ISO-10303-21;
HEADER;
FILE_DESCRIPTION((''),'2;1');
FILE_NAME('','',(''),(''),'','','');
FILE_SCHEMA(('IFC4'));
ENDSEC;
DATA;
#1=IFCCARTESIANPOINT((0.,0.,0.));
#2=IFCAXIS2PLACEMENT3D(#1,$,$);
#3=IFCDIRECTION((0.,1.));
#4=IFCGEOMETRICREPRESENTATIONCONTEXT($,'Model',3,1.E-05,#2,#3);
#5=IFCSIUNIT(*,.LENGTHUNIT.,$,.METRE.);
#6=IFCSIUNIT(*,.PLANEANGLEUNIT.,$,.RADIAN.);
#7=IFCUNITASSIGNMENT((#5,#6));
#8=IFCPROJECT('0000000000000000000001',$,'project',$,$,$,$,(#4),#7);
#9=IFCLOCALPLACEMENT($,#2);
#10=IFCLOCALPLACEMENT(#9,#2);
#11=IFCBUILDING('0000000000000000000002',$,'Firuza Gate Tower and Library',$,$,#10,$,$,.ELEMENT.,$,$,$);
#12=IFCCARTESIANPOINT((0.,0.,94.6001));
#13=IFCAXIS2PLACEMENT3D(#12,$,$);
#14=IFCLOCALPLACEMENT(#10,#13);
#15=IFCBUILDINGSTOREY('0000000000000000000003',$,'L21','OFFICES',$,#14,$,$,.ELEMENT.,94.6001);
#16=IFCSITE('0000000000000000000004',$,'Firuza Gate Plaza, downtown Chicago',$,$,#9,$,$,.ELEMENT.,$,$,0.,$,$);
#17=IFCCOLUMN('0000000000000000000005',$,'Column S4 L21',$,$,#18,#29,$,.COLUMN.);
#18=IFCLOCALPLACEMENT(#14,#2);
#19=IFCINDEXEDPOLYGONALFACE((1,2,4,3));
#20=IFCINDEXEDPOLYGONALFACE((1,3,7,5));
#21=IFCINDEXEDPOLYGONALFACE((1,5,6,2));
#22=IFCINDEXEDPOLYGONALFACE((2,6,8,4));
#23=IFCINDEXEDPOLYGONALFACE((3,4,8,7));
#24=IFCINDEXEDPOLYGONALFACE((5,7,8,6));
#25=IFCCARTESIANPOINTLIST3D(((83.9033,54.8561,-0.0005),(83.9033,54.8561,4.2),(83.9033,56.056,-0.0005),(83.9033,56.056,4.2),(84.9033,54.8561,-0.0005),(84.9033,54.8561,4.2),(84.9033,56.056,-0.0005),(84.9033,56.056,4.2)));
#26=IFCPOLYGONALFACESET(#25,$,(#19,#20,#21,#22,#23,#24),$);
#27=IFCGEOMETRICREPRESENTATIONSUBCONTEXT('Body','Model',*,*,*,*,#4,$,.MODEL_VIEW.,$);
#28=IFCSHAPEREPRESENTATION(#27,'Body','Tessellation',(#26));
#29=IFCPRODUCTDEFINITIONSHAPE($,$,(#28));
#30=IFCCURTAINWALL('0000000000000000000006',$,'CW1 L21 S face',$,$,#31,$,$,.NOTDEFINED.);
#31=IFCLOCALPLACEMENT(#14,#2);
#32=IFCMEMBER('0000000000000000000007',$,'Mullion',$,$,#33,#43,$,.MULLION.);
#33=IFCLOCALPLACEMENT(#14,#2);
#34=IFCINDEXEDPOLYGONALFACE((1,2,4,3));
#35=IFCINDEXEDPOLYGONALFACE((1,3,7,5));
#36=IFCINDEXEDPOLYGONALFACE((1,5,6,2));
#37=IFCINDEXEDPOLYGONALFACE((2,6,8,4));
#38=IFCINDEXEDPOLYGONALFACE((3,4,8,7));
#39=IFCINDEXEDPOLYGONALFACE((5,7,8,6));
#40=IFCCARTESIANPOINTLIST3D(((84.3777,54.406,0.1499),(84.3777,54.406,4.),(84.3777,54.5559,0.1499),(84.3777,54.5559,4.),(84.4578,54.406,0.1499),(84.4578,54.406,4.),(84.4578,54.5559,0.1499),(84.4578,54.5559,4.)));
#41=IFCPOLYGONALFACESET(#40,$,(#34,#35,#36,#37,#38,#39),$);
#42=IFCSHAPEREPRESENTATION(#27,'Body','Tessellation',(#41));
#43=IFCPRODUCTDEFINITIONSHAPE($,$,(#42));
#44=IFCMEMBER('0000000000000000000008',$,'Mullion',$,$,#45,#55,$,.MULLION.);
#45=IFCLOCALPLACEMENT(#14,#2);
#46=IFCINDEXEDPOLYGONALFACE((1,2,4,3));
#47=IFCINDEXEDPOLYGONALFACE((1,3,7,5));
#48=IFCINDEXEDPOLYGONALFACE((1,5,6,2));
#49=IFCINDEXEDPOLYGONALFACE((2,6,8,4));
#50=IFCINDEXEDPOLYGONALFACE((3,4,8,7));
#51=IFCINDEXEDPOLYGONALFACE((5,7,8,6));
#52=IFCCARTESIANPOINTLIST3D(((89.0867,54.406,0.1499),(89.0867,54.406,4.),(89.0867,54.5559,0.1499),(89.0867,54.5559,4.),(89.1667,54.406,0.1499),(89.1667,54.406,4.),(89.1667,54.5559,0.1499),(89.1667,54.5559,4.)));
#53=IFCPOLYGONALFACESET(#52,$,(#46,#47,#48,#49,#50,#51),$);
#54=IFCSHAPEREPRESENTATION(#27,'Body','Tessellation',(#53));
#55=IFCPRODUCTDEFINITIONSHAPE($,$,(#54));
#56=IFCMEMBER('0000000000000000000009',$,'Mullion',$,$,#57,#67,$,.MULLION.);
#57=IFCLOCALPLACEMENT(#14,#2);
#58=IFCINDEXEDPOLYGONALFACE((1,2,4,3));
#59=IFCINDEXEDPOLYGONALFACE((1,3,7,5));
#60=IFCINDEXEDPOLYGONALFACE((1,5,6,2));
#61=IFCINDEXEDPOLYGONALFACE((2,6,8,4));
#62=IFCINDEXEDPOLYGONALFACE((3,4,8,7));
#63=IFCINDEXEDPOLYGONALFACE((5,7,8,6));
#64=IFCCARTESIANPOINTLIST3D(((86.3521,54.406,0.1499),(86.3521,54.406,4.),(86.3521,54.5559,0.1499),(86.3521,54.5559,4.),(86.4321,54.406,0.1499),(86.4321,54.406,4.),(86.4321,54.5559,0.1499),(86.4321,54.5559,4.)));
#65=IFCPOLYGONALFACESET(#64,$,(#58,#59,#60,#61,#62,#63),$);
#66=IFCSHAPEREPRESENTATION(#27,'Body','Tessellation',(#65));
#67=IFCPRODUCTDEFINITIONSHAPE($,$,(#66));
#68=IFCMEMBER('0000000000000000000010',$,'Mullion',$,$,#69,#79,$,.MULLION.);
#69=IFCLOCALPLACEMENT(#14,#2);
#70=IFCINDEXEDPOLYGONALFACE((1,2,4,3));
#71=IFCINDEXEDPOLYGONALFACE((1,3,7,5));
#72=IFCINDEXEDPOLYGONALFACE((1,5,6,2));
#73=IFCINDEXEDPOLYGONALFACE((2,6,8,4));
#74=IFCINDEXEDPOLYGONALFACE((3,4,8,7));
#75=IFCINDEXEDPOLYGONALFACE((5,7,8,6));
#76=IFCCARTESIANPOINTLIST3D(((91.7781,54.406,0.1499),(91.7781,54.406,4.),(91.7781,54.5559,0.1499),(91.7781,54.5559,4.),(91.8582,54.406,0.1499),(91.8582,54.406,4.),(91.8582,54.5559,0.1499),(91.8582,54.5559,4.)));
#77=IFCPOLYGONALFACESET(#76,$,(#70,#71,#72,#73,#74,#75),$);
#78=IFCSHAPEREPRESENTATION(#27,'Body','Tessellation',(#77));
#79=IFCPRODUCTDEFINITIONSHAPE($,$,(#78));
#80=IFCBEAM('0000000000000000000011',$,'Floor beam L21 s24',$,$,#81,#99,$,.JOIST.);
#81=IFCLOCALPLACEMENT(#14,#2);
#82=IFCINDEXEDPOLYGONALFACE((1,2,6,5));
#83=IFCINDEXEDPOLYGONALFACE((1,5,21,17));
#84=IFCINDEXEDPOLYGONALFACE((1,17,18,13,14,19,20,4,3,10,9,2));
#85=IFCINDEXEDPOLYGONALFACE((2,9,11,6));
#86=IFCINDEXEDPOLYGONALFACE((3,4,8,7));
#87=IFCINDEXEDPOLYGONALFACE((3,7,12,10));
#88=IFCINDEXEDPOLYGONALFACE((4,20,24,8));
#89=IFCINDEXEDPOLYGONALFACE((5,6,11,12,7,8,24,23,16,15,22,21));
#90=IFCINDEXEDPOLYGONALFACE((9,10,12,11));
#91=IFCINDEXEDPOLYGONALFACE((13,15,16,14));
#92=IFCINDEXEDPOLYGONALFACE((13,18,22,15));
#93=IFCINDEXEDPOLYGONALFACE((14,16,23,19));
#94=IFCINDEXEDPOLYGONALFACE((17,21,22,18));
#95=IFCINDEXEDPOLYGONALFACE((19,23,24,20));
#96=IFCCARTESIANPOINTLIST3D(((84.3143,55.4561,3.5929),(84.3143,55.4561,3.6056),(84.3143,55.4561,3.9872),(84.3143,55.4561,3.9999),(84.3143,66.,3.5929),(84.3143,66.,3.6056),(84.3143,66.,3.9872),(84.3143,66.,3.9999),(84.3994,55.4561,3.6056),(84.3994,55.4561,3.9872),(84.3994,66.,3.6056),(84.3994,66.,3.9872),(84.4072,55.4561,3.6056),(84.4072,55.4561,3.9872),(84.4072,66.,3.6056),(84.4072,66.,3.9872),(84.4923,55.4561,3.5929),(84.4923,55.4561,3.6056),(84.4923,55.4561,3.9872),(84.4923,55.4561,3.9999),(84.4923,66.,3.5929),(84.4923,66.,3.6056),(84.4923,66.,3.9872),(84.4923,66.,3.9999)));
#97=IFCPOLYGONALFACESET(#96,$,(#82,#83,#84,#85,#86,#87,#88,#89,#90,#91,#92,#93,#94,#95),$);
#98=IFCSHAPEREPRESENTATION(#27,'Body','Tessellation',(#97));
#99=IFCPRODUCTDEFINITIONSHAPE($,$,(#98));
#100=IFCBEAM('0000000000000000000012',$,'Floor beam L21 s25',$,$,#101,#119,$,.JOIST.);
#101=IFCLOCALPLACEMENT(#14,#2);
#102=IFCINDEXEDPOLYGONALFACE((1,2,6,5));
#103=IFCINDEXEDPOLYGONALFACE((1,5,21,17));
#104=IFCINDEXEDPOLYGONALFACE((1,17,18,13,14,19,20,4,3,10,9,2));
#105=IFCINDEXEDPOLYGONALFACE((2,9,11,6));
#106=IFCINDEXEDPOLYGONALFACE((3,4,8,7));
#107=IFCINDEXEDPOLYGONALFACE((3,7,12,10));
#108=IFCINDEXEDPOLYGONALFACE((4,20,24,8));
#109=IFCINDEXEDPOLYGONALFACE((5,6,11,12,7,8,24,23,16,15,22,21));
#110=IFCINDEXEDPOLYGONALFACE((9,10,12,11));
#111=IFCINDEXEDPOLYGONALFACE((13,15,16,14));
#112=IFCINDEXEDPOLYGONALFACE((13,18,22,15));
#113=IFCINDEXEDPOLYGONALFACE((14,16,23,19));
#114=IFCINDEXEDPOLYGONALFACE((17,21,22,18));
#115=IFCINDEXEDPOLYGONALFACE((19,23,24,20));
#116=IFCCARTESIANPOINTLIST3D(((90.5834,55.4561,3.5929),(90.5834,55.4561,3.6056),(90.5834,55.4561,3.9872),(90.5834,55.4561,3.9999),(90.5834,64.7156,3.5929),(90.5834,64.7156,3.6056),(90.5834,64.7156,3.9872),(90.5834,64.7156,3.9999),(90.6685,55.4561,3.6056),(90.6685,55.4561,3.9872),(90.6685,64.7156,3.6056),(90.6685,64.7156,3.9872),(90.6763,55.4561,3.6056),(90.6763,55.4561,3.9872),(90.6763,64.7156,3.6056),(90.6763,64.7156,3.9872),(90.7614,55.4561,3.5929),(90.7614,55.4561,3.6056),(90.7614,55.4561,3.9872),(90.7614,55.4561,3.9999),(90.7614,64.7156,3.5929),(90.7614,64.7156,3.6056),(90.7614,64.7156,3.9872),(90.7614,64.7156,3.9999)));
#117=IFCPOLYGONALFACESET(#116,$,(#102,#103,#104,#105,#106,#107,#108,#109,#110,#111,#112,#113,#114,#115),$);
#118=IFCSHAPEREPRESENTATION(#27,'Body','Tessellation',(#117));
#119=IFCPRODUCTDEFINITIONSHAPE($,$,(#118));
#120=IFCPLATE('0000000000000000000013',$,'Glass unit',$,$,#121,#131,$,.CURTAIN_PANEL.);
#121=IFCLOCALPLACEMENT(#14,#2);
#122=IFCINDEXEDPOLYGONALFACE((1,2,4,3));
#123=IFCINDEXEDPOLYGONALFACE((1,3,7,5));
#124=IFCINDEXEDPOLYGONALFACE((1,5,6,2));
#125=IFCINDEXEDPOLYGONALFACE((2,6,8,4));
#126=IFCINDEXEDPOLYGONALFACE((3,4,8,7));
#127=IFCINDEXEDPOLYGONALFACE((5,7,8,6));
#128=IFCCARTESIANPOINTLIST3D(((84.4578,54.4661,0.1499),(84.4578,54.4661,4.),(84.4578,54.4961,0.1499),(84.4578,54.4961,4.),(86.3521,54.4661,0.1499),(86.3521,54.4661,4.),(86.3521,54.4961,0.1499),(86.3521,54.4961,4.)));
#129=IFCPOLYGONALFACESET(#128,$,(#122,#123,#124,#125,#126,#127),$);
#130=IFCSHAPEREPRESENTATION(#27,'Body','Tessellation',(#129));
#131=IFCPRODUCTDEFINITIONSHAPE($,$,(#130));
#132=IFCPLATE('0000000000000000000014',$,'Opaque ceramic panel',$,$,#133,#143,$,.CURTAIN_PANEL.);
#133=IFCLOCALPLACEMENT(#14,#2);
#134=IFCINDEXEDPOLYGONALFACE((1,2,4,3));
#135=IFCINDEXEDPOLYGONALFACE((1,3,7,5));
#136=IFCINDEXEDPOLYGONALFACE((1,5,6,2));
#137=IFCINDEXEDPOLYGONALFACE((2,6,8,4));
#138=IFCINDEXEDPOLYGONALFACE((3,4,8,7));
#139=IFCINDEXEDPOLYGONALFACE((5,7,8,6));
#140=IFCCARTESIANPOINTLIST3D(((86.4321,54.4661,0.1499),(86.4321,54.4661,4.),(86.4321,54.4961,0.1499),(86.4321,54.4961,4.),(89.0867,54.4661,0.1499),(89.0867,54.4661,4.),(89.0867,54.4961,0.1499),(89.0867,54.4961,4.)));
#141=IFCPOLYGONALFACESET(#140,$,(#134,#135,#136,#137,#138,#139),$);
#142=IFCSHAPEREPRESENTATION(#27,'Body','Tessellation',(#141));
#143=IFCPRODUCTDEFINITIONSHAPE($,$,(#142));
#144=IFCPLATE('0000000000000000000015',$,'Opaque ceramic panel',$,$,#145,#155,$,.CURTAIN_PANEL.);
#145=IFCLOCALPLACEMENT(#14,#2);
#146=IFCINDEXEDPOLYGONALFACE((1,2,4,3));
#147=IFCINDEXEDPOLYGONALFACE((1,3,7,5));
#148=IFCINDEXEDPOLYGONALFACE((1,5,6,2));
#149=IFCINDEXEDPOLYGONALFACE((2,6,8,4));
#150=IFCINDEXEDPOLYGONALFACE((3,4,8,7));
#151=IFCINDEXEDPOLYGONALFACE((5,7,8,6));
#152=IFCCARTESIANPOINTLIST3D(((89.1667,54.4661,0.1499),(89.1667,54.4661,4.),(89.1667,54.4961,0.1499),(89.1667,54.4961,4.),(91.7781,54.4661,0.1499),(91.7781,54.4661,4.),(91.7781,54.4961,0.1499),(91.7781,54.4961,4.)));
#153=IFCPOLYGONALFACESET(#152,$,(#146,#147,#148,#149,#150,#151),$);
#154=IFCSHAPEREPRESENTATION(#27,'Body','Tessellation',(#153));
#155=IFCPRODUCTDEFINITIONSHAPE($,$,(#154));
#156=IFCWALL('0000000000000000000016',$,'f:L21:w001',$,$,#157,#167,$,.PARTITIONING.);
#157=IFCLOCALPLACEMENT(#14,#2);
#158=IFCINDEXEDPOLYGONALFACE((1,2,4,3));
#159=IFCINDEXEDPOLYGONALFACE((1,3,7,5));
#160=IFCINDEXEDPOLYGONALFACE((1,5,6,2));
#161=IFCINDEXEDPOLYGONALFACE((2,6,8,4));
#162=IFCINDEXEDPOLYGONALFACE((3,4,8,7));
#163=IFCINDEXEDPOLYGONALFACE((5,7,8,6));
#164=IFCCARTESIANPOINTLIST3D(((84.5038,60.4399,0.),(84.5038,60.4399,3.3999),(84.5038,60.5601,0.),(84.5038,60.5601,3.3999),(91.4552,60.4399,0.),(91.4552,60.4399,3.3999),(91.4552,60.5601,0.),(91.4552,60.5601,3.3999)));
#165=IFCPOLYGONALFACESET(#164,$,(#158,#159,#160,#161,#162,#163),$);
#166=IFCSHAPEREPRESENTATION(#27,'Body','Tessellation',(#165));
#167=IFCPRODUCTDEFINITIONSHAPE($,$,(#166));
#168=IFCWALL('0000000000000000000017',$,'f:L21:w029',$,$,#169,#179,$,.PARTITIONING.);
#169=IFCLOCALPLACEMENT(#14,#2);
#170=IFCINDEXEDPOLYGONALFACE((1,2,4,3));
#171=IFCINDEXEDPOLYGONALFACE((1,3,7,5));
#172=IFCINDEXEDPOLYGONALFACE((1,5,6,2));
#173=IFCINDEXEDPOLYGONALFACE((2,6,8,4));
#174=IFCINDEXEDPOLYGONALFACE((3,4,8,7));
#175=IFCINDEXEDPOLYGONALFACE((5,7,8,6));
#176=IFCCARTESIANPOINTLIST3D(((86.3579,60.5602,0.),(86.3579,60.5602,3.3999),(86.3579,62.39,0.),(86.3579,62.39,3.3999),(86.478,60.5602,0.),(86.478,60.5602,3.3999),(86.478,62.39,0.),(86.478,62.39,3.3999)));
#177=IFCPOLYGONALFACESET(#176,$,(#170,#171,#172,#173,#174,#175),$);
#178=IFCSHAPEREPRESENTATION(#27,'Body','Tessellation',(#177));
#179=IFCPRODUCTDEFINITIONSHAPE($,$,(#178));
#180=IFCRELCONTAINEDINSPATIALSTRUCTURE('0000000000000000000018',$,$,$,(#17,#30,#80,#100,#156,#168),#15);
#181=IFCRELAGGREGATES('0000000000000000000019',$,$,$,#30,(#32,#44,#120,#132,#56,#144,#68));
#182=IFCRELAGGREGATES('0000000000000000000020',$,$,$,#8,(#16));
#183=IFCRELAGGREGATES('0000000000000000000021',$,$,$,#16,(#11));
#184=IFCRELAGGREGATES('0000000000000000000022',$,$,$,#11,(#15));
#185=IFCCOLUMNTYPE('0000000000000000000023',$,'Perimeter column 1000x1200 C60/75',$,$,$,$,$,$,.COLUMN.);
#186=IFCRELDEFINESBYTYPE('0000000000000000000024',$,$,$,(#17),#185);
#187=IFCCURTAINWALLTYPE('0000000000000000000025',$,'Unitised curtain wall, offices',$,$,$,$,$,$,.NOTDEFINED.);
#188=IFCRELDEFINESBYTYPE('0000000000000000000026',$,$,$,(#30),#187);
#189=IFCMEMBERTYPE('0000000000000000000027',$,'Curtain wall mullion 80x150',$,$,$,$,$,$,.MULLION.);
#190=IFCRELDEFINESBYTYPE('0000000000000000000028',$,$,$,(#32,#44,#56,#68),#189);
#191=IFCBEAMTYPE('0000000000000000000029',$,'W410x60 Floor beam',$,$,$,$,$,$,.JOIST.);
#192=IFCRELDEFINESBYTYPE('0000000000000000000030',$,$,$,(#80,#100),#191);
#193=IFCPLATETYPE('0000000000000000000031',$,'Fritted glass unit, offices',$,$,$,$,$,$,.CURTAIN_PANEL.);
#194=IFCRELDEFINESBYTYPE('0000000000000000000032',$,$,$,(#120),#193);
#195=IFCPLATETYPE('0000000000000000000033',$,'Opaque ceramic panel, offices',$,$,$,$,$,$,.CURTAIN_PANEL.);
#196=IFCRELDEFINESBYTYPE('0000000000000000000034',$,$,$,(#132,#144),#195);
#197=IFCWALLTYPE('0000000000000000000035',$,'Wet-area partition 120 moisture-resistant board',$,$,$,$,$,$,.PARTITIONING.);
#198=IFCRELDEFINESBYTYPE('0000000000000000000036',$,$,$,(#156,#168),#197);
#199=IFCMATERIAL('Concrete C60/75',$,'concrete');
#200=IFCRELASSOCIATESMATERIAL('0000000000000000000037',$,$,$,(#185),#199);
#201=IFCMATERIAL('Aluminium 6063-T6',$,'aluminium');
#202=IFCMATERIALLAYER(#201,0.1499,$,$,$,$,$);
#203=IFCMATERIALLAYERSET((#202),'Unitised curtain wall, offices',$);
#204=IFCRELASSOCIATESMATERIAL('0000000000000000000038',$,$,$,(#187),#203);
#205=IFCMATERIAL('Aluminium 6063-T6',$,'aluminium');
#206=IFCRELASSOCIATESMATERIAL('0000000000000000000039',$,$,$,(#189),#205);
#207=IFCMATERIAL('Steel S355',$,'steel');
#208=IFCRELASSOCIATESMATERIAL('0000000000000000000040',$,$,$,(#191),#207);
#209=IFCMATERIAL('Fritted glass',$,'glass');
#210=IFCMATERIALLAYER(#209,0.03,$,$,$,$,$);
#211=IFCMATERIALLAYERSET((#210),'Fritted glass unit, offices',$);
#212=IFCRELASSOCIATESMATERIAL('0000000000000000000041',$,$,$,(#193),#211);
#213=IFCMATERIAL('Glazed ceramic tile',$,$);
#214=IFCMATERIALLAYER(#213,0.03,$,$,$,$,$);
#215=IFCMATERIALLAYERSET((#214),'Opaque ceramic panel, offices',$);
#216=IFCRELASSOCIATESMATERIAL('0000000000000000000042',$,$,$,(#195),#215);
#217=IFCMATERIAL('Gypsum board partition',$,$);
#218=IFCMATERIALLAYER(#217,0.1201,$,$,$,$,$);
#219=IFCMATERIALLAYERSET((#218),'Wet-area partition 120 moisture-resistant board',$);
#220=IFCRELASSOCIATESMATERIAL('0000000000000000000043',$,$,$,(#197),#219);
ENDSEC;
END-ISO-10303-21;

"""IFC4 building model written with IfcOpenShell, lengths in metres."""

from ifc_helpers import new_model, si_unit, direction, frame, frame_2d, origin, origin_2d, place, context, subcontext, project, spatial, polyline, rectangle, i_section, outline, extrude, material, layer, layer_set, material_profile, profile_set, type_object, element, aggregate, save


model = new_model("IFC4")

# Units and contexts
model_context = context("Model", 3, precision=1e-05, world=origin(), true_north=direction((0.0, 1.0)))
body_context = subcontext(model_context, "Body", "Model", "MODEL_VIEW")
ifc_project = project(units=[si_unit("LENGTHUNIT", "METRE"), si_unit("PLANEANGLEUNIT", "RADIAN")], contexts=[model_context])

# Site, building, storey
site_placement = place(None, origin())
site = spatial("IfcSite", under=ifc_project, at=site_placement, Name="Firuza Gate Plaza, downtown Chicago", CompositionType="ELEMENT", RefElevation=0.0)
building_placement = place(site_placement, origin())
building = spatial("IfcBuilding", under=site, at=building_placement, Name="Firuza Gate Tower and Library", CompositionType="ELEMENT")
storey_placement = place(building_placement, frame((0.0, 0.0, 94.6001)))
storey = spatial("IfcBuildingStorey", under=building, at=storey_placement, Name="L21", Description="OFFICES", CompositionType="ELEMENT", Elevation=94.6001)

# Column
ifc_material_1 = material(Name="Concrete C60/75", Category="concrete")
ifc_material_profile_1 = material_profile(ifc_material_1, rectangle(XDim=1.0, YDim=1.2, at=origin_2d()))
ifc_profile_set_1 = profile_set([ifc_material_profile_1], Name="Concrete C60/75")
column_type = type_object("IfcColumnType", Name="Perimeter column 1000x1200 C60/75", PredefinedType="COLUMN", material=ifc_profile_set_1)
column_placement = place(storey_placement, frame((84.4033, 55.4561, -0.0005), z_axis=(0.0, 0.0, 1.0), x_axis=(1.0, 0.0, 0.0)))
element("IfcColumn", 1, at=column_placement, inside=storey, type_object=column_type, Name="Column S4 L21", PredefinedType="COLUMN", context=body_context, shape_type="SweptSolid", body=[
    extrude(rectangle(XDim=1.0, YDim=1.2, at=origin_2d()), origin(), (0.0, 0.0, 1.0), 4.2004),
])

# Curtain wall, members
ifc_material_2 = material(Name="Aluminium 6063-T6", Category="aluminium")
ifc_layer_1 = layer(ifc_material_2, 0.1499)
ifc_layer_set_1 = layer_set([ifc_layer_1], Name="Unitised curtain wall, offices")
curtain_wall_type = type_object("IfcCurtainWallType", Name="Unitised curtain wall, offices", PredefinedType="NOTDEFINED", material=ifc_layer_set_1)
curtain_wall_placement = place(storey_placement, origin())
curtain_wall = element("IfcCurtainWall", 2, at=curtain_wall_placement, inside=storey, type_object=curtain_wall_type, Name="CW1 L21 S face", PredefinedType="NOTDEFINED")
ifc_material_3 = material(Name="Aluminium 6063-T6", Category="aluminium")
ifc_material_profile_2 = material_profile(ifc_material_3, rectangle(XDim=0.1499, YDim=0.0801, at=origin_2d()))
ifc_profile_set_2 = profile_set([ifc_material_profile_2], Name="Aluminium 6063-T6")
member_type = type_object("IfcMemberType", Name="Curtain wall mullion 80x150", PredefinedType="MULLION", material=ifc_profile_set_2)
member_1_placement = place(storey_placement, frame((84.4177, 54.481, 0.1499), z_axis=(0.0, 0.0, 1.0), x_axis=(0.0, 1.0, 0.0)))
member_1 = element("IfcMember", 3, at=member_1_placement, type_object=member_type, Name="Mullion", PredefinedType="MULLION", context=body_context, shape_type="SweptSolid", body=[
    extrude(rectangle(XDim=0.1499, YDim=0.0801, at=origin_2d()), origin(), (0.0, 0.0, 1.0), 3.8501),
])
member_2_placement = place(storey_placement, frame((89.1267, 54.481, 0.1499), z_axis=(0.0, 0.0, 1.0), x_axis=(0.0, 1.0, 0.0)))
member_2 = element("IfcMember", 4, at=member_2_placement, type_object=member_type, Name="Mullion", PredefinedType="MULLION", context=body_context, shape_type="SweptSolid", body=[
    extrude(rectangle(XDim=0.1499, YDim=0.0801, at=origin_2d()), origin(), (0.0, 0.0, 1.0), 3.8501),
])
member_3_placement = place(storey_placement, frame((86.3921, 54.481, 0.1499), z_axis=(0.0, 0.0, 1.0), x_axis=(0.0, 1.0, 0.0)))
member_3 = element("IfcMember", 5, at=member_3_placement, type_object=member_type, Name="Mullion", PredefinedType="MULLION", context=body_context, shape_type="SweptSolid", body=[
    extrude(rectangle(XDim=0.1499, YDim=0.0801, at=origin_2d()), origin(), (0.0, 0.0, 1.0), 3.8501),
])
member_4_placement = place(storey_placement, frame((91.8181, 54.481, 0.1499), z_axis=(0.0, 0.0, 1.0), x_axis=(0.0, 1.0, 0.0)))
member_4 = element("IfcMember", 6, at=member_4_placement, type_object=member_type, Name="Mullion", PredefinedType="MULLION", context=body_context, shape_type="SweptSolid", body=[
    extrude(rectangle(XDim=0.1499, YDim=0.0801, at=origin_2d()), origin(), (0.0, 0.0, 1.0), 3.8501),
])

# Beams
ifc_material_4 = material(Name="Steel S355", Category="steel")
ifc_material_profile_3 = material_profile(ifc_material_4, i_section(OverallWidth=0.178, OverallDepth=0.407, WebThickness=0.0078, FlangeThickness=0.0127, at=origin_2d()))
ifc_profile_set_3 = profile_set([ifc_material_profile_3], Name="Steel S355")
beam_type = type_object("IfcBeamType", Name="W410x60 Floor beam", PredefinedType="JOIST", material=ifc_profile_set_3)
beam_1_placement = place(storey_placement, frame((84.4033, 55.4561, 3.7964), z_axis=(0.0, 1.0, 0.0), x_axis=(-1.0, 0.0, 0.0)))
element("IfcBeam", 7, at=beam_1_placement, inside=storey, type_object=beam_type, Name="Floor beam L21 s24", PredefinedType="JOIST", context=body_context, shape_type="SweptSolid", body=[
    extrude(i_section(OverallWidth=0.178, OverallDepth=0.407, WebThickness=0.0078, FlangeThickness=0.0127, at=origin_2d()), origin(), (0.0, 0.0, 1.0), 10.5439),
])
beam_2_placement = place(storey_placement, frame((90.6724, 55.4561, 3.7964), z_axis=(0.0, 1.0, 0.0), x_axis=(-1.0, 0.0, 0.0)))
element("IfcBeam", 8, at=beam_2_placement, inside=storey, type_object=beam_type, Name="Floor beam L21 s25", PredefinedType="JOIST", context=body_context, shape_type="SweptSolid", body=[
    extrude(i_section(OverallWidth=0.178, OverallDepth=0.407, WebThickness=0.0078, FlangeThickness=0.0127, at=origin_2d()), origin(), (0.0, 0.0, 1.0), 9.2595),
])

# Plates
ifc_material_5 = material(Name="Fritted glass", Category="glass")
ifc_layer_2 = layer(ifc_material_5, 0.03)
ifc_layer_set_2 = layer_set([ifc_layer_2], Name="Fritted glass unit, offices")
plate_type_1 = type_object("IfcPlateType", Name="Fritted glass unit, offices", PredefinedType="CURTAIN_PANEL", material=ifc_layer_set_2)
plate_1_placement = place(storey_placement, frame((84.4578, 54.4661, 0.1499), z_axis=(0.0, -1.0, 0.0), x_axis=(1.0, 0.0, 0.0)))
plate_1 = element("IfcPlate", 9, at=plate_1_placement, type_object=plate_type_1, Name="Glass unit", PredefinedType="CURTAIN_PANEL", context=body_context, shape_type="SweptSolid", body=[
    extrude(outline(polyline([(0.0, 0.0), (1.8943, 0.0), (1.8943, 3.8501), (0.0, 3.8501), (0.0, 0.0)])), origin(), (0.0, 0.0, -1.0), 0.03),
])
ifc_material_6 = material(Name="Glazed ceramic tile")
ifc_layer_3 = layer(ifc_material_6, 0.03)
ifc_layer_set_3 = layer_set([ifc_layer_3], Name="Opaque ceramic panel, offices")
plate_type_2 = type_object("IfcPlateType", Name="Opaque ceramic panel, offices", PredefinedType="CURTAIN_PANEL", material=ifc_layer_set_3)
plate_2_placement = place(storey_placement, frame((86.4321, 54.4661, 0.1499), z_axis=(0.0, -1.0, 0.0), x_axis=(1.0, 0.0, 0.0)))
plate_2 = element("IfcPlate", 10, at=plate_2_placement, type_object=plate_type_2, Name="Opaque ceramic panel", PredefinedType="CURTAIN_PANEL", context=body_context, shape_type="SweptSolid", body=[
    extrude(outline(polyline([(0.0, 0.0), (2.6545, 0.0), (2.6545, 3.8501), (0.0, 3.8501), (0.0, 0.0)])), origin(), (0.0, 0.0, -1.0), 0.03),
])
plate_3_placement = place(storey_placement, frame((89.1667, 54.4661, 0.1499), z_axis=(0.0, -1.0, 0.0), x_axis=(1.0, 0.0, 0.0)))
plate_3 = element("IfcPlate", 11, at=plate_3_placement, type_object=plate_type_2, Name="Opaque ceramic panel", PredefinedType="CURTAIN_PANEL", context=body_context, shape_type="SweptSolid", body=[
    extrude(outline(polyline([(0.0, 0.0), (2.6113, 0.0), (2.6113, 3.8501), (0.0, 3.8501), (0.0, 0.0)])), origin(), (0.0, 0.0, -1.0), 0.03),
])
aggregate(curtain_wall, [member_1, member_2, plate_1, plate_2, member_3, plate_3, member_4])

# Walls
ifc_material_7 = material(Name="Gypsum board partition")
ifc_layer_4 = layer(ifc_material_7, 0.1201)
ifc_layer_set_4 = layer_set([ifc_layer_4], Name="Wet-area partition 120 moisture-resistant board")
wall_type = type_object("IfcWallType", Name="Wet-area partition 120 moisture-resistant board", PredefinedType="PARTITIONING", material=ifc_layer_set_4)
wall_1_placement = place(storey_placement, frame((84.5039, 60.5, 0.0), z_axis=(0.0, 0.0, 1.0), x_axis=(1.0, 0.0, 0.0)))
element("IfcWall", 12, at=wall_1_placement, inside=storey, type_object=wall_type, Name="f:L21:w001", PredefinedType="PARTITIONING", context=body_context, shape_type="SweptSolid", body=[
    extrude(rectangle(XDim=6.9514, YDim=0.1201, at=frame_2d((3.4756, 0.0))), origin(), (0.0, 0.0, 1.0), 3.3999),
])
wall_2_placement = place(storey_placement, frame((86.418, 60.5601, 0.0), z_axis=(0.0, 0.0, 1.0), x_axis=(0.0, 1.0, 0.0)))
element("IfcWall", 13, at=wall_2_placement, inside=storey, type_object=wall_type, Name="f:L21:w029", PredefinedType="PARTITIONING", context=body_context, shape_type="SweptSolid", body=[
    extrude(rectangle(XDim=1.8298, YDim=0.1201, at=frame_2d((0.915, 0.0))), origin(), (0.0, 0.0, 1.0), 3.3999),
])

save(model, "model.ifc")
